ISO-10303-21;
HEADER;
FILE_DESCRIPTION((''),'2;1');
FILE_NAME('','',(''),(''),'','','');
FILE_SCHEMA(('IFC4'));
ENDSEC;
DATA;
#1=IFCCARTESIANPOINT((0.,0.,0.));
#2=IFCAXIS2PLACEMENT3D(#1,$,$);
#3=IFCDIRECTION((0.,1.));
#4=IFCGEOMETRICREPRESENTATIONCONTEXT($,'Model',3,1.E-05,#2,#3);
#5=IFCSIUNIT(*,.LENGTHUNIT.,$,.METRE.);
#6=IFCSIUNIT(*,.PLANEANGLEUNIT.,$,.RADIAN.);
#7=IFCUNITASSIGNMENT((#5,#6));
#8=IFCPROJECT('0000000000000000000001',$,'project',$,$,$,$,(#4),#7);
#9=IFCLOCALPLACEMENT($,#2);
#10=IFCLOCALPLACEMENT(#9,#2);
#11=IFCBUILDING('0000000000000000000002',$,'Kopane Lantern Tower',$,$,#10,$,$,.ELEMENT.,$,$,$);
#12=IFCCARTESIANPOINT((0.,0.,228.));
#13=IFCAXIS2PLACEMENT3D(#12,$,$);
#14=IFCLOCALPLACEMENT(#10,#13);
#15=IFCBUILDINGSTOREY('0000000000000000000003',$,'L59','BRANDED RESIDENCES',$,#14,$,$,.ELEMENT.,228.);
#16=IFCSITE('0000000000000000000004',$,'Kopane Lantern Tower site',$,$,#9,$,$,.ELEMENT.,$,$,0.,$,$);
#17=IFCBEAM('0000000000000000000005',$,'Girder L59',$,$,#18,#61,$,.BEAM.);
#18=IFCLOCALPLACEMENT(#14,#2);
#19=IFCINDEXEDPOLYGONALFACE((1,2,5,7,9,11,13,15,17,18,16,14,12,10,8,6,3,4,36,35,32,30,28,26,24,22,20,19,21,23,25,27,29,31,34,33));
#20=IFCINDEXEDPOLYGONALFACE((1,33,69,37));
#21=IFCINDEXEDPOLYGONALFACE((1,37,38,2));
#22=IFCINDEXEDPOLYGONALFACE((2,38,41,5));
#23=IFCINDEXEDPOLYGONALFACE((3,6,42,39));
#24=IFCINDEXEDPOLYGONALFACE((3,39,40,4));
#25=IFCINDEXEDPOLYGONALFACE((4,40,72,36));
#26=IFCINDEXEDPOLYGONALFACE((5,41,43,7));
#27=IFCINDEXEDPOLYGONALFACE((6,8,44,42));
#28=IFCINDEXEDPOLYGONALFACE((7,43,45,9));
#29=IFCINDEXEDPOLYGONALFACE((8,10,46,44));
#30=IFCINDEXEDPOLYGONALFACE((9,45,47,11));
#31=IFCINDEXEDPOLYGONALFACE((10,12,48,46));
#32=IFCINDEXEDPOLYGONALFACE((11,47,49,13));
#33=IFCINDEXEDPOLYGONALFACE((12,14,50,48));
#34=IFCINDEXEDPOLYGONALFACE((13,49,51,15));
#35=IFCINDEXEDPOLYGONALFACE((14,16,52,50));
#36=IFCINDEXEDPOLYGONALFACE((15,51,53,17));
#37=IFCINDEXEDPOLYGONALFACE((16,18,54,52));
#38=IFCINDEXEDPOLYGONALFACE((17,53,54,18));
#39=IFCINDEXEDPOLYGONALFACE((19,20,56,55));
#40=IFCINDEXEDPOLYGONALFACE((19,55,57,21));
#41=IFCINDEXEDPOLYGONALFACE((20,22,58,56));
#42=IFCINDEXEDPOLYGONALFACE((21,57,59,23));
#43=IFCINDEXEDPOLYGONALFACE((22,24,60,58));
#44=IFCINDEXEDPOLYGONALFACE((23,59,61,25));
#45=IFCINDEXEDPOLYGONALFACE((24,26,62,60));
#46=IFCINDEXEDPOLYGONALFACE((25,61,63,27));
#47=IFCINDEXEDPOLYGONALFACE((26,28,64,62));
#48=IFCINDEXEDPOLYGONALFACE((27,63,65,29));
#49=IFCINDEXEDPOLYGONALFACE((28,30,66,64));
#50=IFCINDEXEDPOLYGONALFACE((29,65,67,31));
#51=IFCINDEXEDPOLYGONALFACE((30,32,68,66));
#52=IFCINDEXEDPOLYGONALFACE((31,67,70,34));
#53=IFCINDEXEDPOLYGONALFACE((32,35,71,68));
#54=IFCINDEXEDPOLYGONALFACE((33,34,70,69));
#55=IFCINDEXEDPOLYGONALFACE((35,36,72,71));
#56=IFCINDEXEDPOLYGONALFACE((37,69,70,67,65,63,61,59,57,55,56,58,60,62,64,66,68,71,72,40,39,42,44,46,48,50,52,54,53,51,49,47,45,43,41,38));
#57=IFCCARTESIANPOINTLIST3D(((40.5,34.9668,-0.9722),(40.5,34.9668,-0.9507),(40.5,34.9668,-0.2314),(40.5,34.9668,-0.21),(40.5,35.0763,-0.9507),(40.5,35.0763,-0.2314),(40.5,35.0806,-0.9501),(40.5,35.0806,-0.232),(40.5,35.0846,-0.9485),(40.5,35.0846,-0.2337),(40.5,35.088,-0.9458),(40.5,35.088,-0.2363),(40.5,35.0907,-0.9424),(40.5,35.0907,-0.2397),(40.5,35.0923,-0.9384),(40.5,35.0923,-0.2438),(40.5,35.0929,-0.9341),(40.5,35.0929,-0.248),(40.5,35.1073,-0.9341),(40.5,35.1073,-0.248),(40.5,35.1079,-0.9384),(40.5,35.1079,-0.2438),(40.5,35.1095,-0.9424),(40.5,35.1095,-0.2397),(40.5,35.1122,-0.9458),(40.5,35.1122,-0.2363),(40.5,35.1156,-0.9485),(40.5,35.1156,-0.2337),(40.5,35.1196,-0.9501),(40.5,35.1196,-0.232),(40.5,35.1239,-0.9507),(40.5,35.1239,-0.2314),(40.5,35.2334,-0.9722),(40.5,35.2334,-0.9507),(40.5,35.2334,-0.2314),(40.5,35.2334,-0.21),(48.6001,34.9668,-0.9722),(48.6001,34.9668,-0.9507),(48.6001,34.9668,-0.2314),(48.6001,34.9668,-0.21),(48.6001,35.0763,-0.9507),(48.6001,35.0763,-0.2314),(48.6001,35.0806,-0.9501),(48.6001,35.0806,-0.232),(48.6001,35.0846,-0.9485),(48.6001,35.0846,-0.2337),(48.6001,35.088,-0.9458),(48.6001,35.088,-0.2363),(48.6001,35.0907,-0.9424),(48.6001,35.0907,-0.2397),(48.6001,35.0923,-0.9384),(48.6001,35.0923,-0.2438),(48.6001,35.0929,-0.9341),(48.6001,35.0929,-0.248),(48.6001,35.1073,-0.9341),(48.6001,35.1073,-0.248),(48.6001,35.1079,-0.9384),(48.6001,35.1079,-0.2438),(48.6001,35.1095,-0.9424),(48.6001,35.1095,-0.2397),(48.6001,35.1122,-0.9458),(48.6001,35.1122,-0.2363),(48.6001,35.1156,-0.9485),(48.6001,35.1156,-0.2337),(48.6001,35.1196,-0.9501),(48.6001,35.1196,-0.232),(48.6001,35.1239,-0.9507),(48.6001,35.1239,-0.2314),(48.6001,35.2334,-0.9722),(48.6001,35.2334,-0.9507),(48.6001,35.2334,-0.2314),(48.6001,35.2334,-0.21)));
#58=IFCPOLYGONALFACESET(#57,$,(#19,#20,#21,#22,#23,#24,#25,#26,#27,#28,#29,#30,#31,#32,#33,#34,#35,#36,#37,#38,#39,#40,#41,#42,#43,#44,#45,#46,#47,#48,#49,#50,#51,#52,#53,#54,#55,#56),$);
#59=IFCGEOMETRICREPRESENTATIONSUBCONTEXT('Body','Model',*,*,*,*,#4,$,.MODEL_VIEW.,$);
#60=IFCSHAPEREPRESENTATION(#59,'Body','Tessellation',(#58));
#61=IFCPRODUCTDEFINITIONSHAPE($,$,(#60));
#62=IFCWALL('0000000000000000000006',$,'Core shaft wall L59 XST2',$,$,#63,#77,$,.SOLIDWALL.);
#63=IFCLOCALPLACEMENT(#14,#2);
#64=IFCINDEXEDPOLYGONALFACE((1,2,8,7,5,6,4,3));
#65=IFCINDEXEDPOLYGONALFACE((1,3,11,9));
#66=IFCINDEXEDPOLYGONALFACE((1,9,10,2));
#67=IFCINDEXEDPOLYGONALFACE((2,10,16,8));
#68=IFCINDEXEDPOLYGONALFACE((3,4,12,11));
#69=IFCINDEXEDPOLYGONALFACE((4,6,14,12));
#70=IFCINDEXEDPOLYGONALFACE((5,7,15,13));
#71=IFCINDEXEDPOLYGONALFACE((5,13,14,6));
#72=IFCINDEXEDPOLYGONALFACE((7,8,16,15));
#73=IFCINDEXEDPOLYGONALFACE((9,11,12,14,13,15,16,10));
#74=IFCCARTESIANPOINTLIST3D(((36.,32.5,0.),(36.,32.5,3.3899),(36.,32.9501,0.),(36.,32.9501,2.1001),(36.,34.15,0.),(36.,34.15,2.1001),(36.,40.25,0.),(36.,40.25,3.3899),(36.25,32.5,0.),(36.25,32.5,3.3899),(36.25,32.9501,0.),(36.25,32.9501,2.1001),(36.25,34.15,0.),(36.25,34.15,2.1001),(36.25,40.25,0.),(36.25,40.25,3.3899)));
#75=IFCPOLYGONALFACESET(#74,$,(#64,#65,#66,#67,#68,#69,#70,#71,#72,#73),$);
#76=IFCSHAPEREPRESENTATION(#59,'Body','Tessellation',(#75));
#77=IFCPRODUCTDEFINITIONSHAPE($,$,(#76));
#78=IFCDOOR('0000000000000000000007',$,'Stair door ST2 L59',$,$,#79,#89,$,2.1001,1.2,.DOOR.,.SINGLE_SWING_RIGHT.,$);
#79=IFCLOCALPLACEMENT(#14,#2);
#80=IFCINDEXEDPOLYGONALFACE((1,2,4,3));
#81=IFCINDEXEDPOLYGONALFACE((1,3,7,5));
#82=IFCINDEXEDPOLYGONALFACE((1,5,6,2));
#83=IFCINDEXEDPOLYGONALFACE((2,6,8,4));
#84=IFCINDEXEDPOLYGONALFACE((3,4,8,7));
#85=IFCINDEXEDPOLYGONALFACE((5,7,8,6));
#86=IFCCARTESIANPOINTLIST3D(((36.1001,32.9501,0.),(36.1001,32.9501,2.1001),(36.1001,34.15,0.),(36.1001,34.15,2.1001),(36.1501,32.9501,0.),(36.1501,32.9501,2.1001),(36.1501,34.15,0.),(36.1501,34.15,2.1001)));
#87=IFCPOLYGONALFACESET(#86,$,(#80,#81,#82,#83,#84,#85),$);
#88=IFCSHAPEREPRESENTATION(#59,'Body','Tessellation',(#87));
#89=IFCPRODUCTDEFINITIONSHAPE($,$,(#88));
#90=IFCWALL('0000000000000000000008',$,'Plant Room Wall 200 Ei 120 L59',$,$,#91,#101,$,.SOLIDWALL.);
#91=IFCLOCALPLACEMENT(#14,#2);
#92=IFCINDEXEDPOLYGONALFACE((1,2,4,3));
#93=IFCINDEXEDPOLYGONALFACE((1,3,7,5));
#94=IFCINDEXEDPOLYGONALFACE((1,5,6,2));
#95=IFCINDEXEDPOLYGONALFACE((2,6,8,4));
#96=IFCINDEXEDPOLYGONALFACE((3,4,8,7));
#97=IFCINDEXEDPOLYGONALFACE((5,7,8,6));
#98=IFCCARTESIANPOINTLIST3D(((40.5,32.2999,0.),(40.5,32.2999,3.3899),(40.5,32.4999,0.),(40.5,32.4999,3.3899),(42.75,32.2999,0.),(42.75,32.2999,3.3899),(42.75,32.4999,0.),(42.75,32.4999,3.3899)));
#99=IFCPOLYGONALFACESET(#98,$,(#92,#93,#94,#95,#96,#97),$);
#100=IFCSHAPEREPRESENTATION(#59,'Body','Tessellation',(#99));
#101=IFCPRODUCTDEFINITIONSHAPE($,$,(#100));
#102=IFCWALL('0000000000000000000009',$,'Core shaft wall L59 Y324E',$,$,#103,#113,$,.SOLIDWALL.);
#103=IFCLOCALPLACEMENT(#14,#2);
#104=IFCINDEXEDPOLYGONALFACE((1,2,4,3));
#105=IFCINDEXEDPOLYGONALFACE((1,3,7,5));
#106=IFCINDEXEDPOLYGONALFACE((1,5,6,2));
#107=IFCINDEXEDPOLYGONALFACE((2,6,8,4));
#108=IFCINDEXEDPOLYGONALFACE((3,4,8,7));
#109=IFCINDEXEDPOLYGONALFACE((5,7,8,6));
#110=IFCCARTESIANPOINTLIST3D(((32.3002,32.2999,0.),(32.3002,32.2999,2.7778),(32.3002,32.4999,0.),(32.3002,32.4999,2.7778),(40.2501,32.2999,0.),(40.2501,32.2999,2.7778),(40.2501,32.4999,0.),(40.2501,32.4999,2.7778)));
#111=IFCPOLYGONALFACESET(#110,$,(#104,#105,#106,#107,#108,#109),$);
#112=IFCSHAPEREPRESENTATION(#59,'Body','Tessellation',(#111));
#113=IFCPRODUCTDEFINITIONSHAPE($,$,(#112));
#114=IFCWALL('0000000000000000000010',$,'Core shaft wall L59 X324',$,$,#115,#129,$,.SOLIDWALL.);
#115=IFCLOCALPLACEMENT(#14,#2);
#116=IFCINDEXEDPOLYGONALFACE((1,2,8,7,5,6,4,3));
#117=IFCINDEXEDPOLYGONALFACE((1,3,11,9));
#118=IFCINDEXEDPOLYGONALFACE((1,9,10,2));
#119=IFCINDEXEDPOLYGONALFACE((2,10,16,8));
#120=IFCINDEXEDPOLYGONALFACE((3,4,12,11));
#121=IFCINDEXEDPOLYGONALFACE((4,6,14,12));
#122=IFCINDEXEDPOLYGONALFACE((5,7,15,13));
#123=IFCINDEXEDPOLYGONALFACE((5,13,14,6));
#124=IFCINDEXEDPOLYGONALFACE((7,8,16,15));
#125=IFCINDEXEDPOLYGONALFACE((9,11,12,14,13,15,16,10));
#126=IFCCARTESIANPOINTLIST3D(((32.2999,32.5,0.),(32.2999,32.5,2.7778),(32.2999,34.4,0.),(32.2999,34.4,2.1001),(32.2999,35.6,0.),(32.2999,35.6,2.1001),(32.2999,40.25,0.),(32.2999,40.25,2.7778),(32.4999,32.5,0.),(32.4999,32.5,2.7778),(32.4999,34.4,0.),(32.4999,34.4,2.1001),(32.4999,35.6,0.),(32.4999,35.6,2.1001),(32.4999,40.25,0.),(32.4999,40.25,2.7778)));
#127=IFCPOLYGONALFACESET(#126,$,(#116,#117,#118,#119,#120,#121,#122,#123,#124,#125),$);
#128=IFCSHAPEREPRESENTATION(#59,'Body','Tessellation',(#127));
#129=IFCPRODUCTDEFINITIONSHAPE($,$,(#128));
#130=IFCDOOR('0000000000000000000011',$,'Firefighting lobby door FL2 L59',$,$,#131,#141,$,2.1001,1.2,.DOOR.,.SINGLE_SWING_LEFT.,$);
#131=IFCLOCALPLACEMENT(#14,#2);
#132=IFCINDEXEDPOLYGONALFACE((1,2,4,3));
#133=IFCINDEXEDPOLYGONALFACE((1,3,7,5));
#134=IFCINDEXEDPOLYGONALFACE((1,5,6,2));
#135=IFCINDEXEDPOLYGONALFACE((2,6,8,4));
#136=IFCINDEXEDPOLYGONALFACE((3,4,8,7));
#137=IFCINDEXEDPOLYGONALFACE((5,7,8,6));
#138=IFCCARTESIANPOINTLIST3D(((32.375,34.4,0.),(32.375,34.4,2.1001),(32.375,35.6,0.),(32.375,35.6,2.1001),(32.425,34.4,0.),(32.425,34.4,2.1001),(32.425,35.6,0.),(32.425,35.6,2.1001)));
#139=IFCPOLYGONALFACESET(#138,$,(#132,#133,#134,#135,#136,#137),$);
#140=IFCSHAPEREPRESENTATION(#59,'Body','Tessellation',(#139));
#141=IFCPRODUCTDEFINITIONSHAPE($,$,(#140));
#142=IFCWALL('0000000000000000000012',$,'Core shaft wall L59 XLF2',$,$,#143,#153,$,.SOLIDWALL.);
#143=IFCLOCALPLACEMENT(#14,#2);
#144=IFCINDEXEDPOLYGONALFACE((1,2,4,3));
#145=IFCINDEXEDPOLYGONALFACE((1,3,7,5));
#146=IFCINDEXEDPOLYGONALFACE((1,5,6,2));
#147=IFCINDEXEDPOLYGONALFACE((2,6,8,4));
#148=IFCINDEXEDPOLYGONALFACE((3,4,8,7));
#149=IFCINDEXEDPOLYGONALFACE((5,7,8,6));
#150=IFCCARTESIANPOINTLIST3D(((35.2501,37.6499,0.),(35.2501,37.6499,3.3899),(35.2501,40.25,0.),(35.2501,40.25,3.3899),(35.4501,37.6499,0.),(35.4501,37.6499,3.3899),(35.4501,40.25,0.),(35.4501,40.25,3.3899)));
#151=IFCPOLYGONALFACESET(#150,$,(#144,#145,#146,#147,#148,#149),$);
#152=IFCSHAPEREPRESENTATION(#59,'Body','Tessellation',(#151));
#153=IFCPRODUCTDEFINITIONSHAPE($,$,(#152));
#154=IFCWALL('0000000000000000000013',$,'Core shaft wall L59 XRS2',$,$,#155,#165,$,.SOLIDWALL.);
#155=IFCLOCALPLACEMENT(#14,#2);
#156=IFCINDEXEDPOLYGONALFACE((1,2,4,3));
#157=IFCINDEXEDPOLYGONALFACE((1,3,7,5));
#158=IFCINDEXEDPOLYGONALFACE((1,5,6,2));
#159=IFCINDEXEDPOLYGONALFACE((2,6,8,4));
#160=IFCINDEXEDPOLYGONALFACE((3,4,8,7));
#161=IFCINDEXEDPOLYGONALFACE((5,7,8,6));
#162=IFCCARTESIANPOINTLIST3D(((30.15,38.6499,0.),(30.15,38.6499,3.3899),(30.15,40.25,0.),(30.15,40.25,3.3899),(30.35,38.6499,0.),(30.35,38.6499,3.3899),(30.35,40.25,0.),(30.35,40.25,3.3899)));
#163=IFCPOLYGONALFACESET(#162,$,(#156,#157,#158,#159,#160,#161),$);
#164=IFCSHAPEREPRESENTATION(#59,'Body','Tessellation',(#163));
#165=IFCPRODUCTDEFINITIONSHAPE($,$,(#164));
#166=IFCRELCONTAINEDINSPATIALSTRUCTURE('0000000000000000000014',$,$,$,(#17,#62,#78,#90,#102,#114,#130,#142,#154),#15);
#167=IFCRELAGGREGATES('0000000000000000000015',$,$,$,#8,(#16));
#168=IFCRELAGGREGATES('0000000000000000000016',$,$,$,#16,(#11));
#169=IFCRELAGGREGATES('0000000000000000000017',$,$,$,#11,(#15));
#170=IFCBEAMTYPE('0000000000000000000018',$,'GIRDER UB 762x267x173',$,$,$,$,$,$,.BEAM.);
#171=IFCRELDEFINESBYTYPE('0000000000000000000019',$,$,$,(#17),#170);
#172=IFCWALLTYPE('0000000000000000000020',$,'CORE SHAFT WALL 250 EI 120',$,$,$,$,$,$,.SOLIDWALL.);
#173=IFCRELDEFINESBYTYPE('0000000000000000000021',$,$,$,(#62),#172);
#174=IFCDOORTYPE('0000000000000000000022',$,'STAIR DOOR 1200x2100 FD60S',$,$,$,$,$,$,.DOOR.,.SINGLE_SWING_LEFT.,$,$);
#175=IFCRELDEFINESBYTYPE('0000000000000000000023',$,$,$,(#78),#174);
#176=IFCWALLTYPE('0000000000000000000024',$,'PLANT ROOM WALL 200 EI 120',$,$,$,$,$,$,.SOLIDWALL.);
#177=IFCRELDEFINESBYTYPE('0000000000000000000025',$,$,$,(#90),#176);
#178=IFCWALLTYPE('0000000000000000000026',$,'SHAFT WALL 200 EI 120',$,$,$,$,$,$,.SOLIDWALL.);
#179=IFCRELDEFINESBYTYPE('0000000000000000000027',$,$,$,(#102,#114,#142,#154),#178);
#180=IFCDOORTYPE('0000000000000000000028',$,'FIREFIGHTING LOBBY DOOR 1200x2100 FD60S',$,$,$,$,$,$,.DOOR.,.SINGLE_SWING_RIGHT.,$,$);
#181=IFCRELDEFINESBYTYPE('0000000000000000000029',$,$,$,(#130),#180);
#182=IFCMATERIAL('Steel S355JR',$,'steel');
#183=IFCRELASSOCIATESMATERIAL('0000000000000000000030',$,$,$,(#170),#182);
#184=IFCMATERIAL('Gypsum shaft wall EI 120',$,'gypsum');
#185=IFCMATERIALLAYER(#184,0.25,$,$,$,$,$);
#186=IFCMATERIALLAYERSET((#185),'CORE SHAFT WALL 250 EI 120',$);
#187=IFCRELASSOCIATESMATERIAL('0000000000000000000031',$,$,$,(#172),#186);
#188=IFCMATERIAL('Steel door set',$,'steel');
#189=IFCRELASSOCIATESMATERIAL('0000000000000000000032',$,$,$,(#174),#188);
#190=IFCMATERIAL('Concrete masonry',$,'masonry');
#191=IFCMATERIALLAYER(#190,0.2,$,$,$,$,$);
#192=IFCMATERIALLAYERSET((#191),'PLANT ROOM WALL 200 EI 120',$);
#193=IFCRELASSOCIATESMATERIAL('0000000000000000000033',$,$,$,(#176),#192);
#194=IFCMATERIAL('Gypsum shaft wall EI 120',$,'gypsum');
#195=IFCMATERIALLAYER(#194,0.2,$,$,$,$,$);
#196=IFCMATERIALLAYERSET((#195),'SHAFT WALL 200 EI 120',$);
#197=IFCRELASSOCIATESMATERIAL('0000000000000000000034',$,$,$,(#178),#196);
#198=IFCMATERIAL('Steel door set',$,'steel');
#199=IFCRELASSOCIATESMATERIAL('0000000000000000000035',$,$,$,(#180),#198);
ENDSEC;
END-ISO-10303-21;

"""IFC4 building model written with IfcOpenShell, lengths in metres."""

from ifc_helpers import new_model, si_unit, direction, frame, frame_2d, origin, origin_2d, place, context, subcontext, project, spatial, rectangle, i_section, extrude, material, layer, layer_set, material_profile, profile_set, type_object, element, fill, save


model = new_model("IFC4")

# Units and contexts
model_context = context("Model", 3, precision=1e-05, world=origin(), true_north=direction((0.0, 1.0)))
body_context = subcontext(model_context, "Body", "Model", "MODEL_VIEW")
ifc_project = project(units=[si_unit("LENGTHUNIT", "METRE"), si_unit("PLANEANGLEUNIT", "RADIAN")], contexts=[model_context])

# Site, building, storey
site_placement = place(None, origin())
site = spatial("IfcSite", under=ifc_project, at=site_placement, Name="Kopane Lantern Tower site", CompositionType="ELEMENT", RefElevation=0.0)
building_placement = place(site_placement, origin())
building = spatial("IfcBuilding", under=site, at=building_placement, Name="Kopane Lantern Tower", CompositionType="ELEMENT")
storey_placement = place(building_placement, frame((0.0, 0.0, 228.0)))
storey = spatial("IfcBuildingStorey", under=building, at=storey_placement, Name="L59", Description="BRANDED RESIDENCES", CompositionType="ELEMENT", Elevation=228.0)

# Beam
ifc_material_1 = material(Name="Steel S355JR", Category="steel")
ifc_material_profile_1 = material_profile(ifc_material_1, i_section(OverallWidth=0.2666, OverallDepth=0.7622, WebThickness=0.0144, FlangeThickness=0.0215, FilletRadius=0.0166, at=origin_2d()), Name="UB 762x267x173")
ifc_profile_set_1 = profile_set([ifc_material_profile_1], Name="Steel S355JR")
beam_type_1 = type_object("IfcBeamType", Name="GIRDER UB 762x267x173", PredefinedType="BEAM", material=ifc_profile_set_1)
for number, where, z_axis, x_axis, name in (
    (1, (40.5, 35.1001, -0.5911), (1.0, 0.0, 0.0), (0.0, 1.0, 0.0), "Girder L59"),
):
    element("IfcBeam", number, at=place(storey_placement, frame(where, z_axis=z_axis, x_axis=x_axis)), inside=storey, type_object=beam_type_1, Name=name, PredefinedType="BEAM", context=body_context, shape_type="SweptSolid", body=[
        extrude(i_section(OverallWidth=0.2666, OverallDepth=0.7622, WebThickness=0.0144, FlangeThickness=0.0215, FilletRadius=0.0166, at=origin_2d()), origin(), (0.0, 0.0, 1.0), 8.1001),
    ])

# Wall, opening, door
ifc_material_2 = material(Name="Gypsum shaft wall EI 120", Category="gypsum")
ifc_layer_1 = layer(ifc_material_2, 0.25)
ifc_layer_set_1 = layer_set([ifc_layer_1], Name="CORE SHAFT WALL 250 EI 120")
wall_type_1 = type_object("IfcWallType", Name="CORE SHAFT WALL 250 EI 120", PredefinedType="SOLIDWALL", material=ifc_layer_set_1)
wall_1_placement = place(storey_placement, frame((36.125, 32.5, 0.0), z_axis=(0.0, 0.0, 1.0), x_axis=(0.0, 1.0, 0.0)))
wall_1 = element("IfcWall", 2, at=wall_1_placement, inside=storey, type_object=wall_type_1, Name="Core shaft wall L59 XST2", PredefinedType="SOLIDWALL", context=body_context, shape_type="SweptSolid", body=[
    extrude(rectangle(XDim=7.75, YDim=0.25, at=frame_2d((3.875, 0.0))), origin(), (0.0, 0.0, 1.0), 3.3899),
])
opening_1_placement = place(wall_1_placement, frame((0.45, 0.0, 0.0)))
opening_1 = element("IfcOpeningElement", 3, at=opening_1_placement, cuts=wall_1, PredefinedType="OPENING", context=body_context, shape_type="SweptSolid", body=[
    extrude(rectangle(XDim=1.2, YDim=2.1001, at=frame_2d((0.6001, 1.05))), frame((0.0, 0.135, 0.0), z_axis=(0.0, -1.0, 0.0), x_axis=(1.0, 0.0, 0.0)), (0.0, 0.0, 1.0), 0.27),
])
ifc_material_3 = material(Name="Steel door set", Category="steel")
door_type_1 = type_object("IfcDoorType", Name="STAIR DOOR 1200x2100 FD60S", OperationType="SINGLE_SWING_LEFT", PredefinedType="DOOR", material=ifc_material_3)
door_1_placement = place(opening_1_placement, origin())
door_1 = element("IfcDoor", 4, at=door_1_placement, inside=storey, type_object=door_type_1, Name="Stair door ST2 L59", OperationType="SINGLE_SWING_RIGHT", OverallHeight=2.1001, OverallWidth=1.2, PredefinedType="DOOR", context=body_context, shape_type="SweptSolid", body=[
    extrude(rectangle(XDim=1.2, YDim=2.1001, at=frame_2d((0.6001, 1.05))), frame((0.0, 0.0249, 0.0), z_axis=(0.0, -1.0, 0.0), x_axis=(1.0, 0.0, 0.0)), (0.0, 0.0, 1.0), 0.05),
])
fill(opening_1, door_1)

# Walls
ifc_material_4 = material(Name="Concrete masonry", Category="masonry")
ifc_layer_2 = layer(ifc_material_4, 0.2)
ifc_layer_set_2 = layer_set([ifc_layer_2], Name="PLANT ROOM WALL 200 EI 120")
wall_type_2 = type_object("IfcWallType", Name="PLANT ROOM WALL 200 EI 120", PredefinedType="SOLIDWALL", material=ifc_layer_set_2)
wall_2_placement = place(storey_placement, frame((40.5, 32.3999, 0.0), z_axis=(0.0, 0.0, 1.0), x_axis=(1.0, 0.0, 0.0)))
element("IfcWall", 5, at=wall_2_placement, inside=storey, type_object=wall_type_2, Name="Plant Room Wall 200 Ei 120 L59", PredefinedType="SOLIDWALL", context=body_context, shape_type="SweptSolid", body=[
    extrude(rectangle(XDim=2.25, YDim=0.2, at=frame_2d((1.125, 0.0))), origin(), (0.0, 0.0, 1.0), 3.3899),
])
ifc_material_5 = material(Name="Gypsum shaft wall EI 120", Category="gypsum")
ifc_layer_3 = layer(ifc_material_5, 0.2)
ifc_layer_set_3 = layer_set([ifc_layer_3], Name="SHAFT WALL 200 EI 120")
wall_type_3 = type_object("IfcWallType", Name="SHAFT WALL 200 EI 120", PredefinedType="SOLIDWALL", material=ifc_layer_set_3)
wall_3_placement = place(storey_placement, frame((32.3, 32.3999, 0.0), z_axis=(0.0, 0.0, 1.0), x_axis=(1.0, 0.0, 0.0)))
element("IfcWall", 6, at=wall_3_placement, inside=storey, type_object=wall_type_3, Name="Core shaft wall L59 Y324E", PredefinedType="SOLIDWALL", context=body_context, shape_type="SweptSolid", body=[
    extrude(rectangle(XDim=7.95, YDim=0.2, at=frame_2d((3.9751, 0.0))), origin(), (0.0, 0.0, 1.0), 2.7778),
])

# Wall, opening, door
wall_4_placement = place(storey_placement, frame((32.3999, 32.5, 0.0), z_axis=(0.0, 0.0, 1.0), x_axis=(0.0, 1.0, 0.0)))
wall_4 = element("IfcWall", 7, at=wall_4_placement, inside=storey, type_object=wall_type_3, Name="Core shaft wall L59 X324", PredefinedType="SOLIDWALL", context=body_context, shape_type="SweptSolid", body=[
    extrude(rectangle(XDim=7.75, YDim=0.2, at=frame_2d((3.875, 0.0))), origin(), (0.0, 0.0, 1.0), 2.7778),
])
opening_2_placement = place(wall_4_placement, frame((1.8999, 0.0, 0.0)))
opening_2 = element("IfcOpeningElement", 8, at=opening_2_placement, cuts=wall_4, PredefinedType="OPENING", context=body_context, shape_type="SweptSolid", body=[
    extrude(rectangle(XDim=1.2, YDim=2.1001, at=frame_2d((0.6001, 1.05))), frame((0.0, 0.1099, 0.0), z_axis=(0.0, -1.0, 0.0), x_axis=(1.0, 0.0, 0.0)), (0.0, 0.0, 1.0), 0.22),
])
ifc_material_6 = material(Name="Steel door set", Category="steel")
door_type_2 = type_object("IfcDoorType", Name="FIREFIGHTING LOBBY DOOR 1200x2100 FD60S", OperationType="SINGLE_SWING_RIGHT", PredefinedType="DOOR", material=ifc_material_6)
door_2_placement = place(opening_2_placement, origin())
door_2 = element("IfcDoor", 9, at=door_2_placement, inside=storey, type_object=door_type_2, Name="Firefighting lobby door FL2 L59", OperationType="SINGLE_SWING_LEFT", OverallHeight=2.1001, OverallWidth=1.2, PredefinedType="DOOR", context=body_context, shape_type="SweptSolid", body=[
    extrude(rectangle(XDim=1.2, YDim=2.1001, at=frame_2d((0.6001, 1.05))), frame((0.0, 0.0249, 0.0), z_axis=(0.0, -1.0, 0.0), x_axis=(1.0, 0.0, 0.0)), (0.0, 0.0, 1.0), 0.05),
])
fill(opening_2, door_2)

# Walls
wall_5_placement = place(storey_placement, frame((35.3501, 37.6499, 0.0), z_axis=(0.0, 0.0, 1.0), x_axis=(0.0, 1.0, 0.0)))
element("IfcWall", 10, at=wall_5_placement, inside=storey, type_object=wall_type_3, Name="Core shaft wall L59 XLF2", PredefinedType="SOLIDWALL", context=body_context, shape_type="SweptSolid", body=[
    extrude(rectangle(XDim=2.6001, YDim=0.2, at=frame_2d((1.3, 0.0))), origin(), (0.0, 0.0, 1.0), 3.3899),
])
wall_6_placement = place(storey_placement, frame((30.25, 38.6499, 0.0), z_axis=(0.0, 0.0, 1.0), x_axis=(0.0, 1.0, 0.0)))
element("IfcWall", 11, at=wall_6_placement, inside=storey, type_object=wall_type_3, Name="Core shaft wall L59 XRS2", PredefinedType="SOLIDWALL", context=body_context, shape_type="SweptSolid", body=[
    extrude(rectangle(XDim=1.6001, YDim=0.2, at=frame_2d((0.8, 0.0))), origin(), (0.0, 0.0, 1.0), 3.3899),
])

save(model, "model.ifc")
